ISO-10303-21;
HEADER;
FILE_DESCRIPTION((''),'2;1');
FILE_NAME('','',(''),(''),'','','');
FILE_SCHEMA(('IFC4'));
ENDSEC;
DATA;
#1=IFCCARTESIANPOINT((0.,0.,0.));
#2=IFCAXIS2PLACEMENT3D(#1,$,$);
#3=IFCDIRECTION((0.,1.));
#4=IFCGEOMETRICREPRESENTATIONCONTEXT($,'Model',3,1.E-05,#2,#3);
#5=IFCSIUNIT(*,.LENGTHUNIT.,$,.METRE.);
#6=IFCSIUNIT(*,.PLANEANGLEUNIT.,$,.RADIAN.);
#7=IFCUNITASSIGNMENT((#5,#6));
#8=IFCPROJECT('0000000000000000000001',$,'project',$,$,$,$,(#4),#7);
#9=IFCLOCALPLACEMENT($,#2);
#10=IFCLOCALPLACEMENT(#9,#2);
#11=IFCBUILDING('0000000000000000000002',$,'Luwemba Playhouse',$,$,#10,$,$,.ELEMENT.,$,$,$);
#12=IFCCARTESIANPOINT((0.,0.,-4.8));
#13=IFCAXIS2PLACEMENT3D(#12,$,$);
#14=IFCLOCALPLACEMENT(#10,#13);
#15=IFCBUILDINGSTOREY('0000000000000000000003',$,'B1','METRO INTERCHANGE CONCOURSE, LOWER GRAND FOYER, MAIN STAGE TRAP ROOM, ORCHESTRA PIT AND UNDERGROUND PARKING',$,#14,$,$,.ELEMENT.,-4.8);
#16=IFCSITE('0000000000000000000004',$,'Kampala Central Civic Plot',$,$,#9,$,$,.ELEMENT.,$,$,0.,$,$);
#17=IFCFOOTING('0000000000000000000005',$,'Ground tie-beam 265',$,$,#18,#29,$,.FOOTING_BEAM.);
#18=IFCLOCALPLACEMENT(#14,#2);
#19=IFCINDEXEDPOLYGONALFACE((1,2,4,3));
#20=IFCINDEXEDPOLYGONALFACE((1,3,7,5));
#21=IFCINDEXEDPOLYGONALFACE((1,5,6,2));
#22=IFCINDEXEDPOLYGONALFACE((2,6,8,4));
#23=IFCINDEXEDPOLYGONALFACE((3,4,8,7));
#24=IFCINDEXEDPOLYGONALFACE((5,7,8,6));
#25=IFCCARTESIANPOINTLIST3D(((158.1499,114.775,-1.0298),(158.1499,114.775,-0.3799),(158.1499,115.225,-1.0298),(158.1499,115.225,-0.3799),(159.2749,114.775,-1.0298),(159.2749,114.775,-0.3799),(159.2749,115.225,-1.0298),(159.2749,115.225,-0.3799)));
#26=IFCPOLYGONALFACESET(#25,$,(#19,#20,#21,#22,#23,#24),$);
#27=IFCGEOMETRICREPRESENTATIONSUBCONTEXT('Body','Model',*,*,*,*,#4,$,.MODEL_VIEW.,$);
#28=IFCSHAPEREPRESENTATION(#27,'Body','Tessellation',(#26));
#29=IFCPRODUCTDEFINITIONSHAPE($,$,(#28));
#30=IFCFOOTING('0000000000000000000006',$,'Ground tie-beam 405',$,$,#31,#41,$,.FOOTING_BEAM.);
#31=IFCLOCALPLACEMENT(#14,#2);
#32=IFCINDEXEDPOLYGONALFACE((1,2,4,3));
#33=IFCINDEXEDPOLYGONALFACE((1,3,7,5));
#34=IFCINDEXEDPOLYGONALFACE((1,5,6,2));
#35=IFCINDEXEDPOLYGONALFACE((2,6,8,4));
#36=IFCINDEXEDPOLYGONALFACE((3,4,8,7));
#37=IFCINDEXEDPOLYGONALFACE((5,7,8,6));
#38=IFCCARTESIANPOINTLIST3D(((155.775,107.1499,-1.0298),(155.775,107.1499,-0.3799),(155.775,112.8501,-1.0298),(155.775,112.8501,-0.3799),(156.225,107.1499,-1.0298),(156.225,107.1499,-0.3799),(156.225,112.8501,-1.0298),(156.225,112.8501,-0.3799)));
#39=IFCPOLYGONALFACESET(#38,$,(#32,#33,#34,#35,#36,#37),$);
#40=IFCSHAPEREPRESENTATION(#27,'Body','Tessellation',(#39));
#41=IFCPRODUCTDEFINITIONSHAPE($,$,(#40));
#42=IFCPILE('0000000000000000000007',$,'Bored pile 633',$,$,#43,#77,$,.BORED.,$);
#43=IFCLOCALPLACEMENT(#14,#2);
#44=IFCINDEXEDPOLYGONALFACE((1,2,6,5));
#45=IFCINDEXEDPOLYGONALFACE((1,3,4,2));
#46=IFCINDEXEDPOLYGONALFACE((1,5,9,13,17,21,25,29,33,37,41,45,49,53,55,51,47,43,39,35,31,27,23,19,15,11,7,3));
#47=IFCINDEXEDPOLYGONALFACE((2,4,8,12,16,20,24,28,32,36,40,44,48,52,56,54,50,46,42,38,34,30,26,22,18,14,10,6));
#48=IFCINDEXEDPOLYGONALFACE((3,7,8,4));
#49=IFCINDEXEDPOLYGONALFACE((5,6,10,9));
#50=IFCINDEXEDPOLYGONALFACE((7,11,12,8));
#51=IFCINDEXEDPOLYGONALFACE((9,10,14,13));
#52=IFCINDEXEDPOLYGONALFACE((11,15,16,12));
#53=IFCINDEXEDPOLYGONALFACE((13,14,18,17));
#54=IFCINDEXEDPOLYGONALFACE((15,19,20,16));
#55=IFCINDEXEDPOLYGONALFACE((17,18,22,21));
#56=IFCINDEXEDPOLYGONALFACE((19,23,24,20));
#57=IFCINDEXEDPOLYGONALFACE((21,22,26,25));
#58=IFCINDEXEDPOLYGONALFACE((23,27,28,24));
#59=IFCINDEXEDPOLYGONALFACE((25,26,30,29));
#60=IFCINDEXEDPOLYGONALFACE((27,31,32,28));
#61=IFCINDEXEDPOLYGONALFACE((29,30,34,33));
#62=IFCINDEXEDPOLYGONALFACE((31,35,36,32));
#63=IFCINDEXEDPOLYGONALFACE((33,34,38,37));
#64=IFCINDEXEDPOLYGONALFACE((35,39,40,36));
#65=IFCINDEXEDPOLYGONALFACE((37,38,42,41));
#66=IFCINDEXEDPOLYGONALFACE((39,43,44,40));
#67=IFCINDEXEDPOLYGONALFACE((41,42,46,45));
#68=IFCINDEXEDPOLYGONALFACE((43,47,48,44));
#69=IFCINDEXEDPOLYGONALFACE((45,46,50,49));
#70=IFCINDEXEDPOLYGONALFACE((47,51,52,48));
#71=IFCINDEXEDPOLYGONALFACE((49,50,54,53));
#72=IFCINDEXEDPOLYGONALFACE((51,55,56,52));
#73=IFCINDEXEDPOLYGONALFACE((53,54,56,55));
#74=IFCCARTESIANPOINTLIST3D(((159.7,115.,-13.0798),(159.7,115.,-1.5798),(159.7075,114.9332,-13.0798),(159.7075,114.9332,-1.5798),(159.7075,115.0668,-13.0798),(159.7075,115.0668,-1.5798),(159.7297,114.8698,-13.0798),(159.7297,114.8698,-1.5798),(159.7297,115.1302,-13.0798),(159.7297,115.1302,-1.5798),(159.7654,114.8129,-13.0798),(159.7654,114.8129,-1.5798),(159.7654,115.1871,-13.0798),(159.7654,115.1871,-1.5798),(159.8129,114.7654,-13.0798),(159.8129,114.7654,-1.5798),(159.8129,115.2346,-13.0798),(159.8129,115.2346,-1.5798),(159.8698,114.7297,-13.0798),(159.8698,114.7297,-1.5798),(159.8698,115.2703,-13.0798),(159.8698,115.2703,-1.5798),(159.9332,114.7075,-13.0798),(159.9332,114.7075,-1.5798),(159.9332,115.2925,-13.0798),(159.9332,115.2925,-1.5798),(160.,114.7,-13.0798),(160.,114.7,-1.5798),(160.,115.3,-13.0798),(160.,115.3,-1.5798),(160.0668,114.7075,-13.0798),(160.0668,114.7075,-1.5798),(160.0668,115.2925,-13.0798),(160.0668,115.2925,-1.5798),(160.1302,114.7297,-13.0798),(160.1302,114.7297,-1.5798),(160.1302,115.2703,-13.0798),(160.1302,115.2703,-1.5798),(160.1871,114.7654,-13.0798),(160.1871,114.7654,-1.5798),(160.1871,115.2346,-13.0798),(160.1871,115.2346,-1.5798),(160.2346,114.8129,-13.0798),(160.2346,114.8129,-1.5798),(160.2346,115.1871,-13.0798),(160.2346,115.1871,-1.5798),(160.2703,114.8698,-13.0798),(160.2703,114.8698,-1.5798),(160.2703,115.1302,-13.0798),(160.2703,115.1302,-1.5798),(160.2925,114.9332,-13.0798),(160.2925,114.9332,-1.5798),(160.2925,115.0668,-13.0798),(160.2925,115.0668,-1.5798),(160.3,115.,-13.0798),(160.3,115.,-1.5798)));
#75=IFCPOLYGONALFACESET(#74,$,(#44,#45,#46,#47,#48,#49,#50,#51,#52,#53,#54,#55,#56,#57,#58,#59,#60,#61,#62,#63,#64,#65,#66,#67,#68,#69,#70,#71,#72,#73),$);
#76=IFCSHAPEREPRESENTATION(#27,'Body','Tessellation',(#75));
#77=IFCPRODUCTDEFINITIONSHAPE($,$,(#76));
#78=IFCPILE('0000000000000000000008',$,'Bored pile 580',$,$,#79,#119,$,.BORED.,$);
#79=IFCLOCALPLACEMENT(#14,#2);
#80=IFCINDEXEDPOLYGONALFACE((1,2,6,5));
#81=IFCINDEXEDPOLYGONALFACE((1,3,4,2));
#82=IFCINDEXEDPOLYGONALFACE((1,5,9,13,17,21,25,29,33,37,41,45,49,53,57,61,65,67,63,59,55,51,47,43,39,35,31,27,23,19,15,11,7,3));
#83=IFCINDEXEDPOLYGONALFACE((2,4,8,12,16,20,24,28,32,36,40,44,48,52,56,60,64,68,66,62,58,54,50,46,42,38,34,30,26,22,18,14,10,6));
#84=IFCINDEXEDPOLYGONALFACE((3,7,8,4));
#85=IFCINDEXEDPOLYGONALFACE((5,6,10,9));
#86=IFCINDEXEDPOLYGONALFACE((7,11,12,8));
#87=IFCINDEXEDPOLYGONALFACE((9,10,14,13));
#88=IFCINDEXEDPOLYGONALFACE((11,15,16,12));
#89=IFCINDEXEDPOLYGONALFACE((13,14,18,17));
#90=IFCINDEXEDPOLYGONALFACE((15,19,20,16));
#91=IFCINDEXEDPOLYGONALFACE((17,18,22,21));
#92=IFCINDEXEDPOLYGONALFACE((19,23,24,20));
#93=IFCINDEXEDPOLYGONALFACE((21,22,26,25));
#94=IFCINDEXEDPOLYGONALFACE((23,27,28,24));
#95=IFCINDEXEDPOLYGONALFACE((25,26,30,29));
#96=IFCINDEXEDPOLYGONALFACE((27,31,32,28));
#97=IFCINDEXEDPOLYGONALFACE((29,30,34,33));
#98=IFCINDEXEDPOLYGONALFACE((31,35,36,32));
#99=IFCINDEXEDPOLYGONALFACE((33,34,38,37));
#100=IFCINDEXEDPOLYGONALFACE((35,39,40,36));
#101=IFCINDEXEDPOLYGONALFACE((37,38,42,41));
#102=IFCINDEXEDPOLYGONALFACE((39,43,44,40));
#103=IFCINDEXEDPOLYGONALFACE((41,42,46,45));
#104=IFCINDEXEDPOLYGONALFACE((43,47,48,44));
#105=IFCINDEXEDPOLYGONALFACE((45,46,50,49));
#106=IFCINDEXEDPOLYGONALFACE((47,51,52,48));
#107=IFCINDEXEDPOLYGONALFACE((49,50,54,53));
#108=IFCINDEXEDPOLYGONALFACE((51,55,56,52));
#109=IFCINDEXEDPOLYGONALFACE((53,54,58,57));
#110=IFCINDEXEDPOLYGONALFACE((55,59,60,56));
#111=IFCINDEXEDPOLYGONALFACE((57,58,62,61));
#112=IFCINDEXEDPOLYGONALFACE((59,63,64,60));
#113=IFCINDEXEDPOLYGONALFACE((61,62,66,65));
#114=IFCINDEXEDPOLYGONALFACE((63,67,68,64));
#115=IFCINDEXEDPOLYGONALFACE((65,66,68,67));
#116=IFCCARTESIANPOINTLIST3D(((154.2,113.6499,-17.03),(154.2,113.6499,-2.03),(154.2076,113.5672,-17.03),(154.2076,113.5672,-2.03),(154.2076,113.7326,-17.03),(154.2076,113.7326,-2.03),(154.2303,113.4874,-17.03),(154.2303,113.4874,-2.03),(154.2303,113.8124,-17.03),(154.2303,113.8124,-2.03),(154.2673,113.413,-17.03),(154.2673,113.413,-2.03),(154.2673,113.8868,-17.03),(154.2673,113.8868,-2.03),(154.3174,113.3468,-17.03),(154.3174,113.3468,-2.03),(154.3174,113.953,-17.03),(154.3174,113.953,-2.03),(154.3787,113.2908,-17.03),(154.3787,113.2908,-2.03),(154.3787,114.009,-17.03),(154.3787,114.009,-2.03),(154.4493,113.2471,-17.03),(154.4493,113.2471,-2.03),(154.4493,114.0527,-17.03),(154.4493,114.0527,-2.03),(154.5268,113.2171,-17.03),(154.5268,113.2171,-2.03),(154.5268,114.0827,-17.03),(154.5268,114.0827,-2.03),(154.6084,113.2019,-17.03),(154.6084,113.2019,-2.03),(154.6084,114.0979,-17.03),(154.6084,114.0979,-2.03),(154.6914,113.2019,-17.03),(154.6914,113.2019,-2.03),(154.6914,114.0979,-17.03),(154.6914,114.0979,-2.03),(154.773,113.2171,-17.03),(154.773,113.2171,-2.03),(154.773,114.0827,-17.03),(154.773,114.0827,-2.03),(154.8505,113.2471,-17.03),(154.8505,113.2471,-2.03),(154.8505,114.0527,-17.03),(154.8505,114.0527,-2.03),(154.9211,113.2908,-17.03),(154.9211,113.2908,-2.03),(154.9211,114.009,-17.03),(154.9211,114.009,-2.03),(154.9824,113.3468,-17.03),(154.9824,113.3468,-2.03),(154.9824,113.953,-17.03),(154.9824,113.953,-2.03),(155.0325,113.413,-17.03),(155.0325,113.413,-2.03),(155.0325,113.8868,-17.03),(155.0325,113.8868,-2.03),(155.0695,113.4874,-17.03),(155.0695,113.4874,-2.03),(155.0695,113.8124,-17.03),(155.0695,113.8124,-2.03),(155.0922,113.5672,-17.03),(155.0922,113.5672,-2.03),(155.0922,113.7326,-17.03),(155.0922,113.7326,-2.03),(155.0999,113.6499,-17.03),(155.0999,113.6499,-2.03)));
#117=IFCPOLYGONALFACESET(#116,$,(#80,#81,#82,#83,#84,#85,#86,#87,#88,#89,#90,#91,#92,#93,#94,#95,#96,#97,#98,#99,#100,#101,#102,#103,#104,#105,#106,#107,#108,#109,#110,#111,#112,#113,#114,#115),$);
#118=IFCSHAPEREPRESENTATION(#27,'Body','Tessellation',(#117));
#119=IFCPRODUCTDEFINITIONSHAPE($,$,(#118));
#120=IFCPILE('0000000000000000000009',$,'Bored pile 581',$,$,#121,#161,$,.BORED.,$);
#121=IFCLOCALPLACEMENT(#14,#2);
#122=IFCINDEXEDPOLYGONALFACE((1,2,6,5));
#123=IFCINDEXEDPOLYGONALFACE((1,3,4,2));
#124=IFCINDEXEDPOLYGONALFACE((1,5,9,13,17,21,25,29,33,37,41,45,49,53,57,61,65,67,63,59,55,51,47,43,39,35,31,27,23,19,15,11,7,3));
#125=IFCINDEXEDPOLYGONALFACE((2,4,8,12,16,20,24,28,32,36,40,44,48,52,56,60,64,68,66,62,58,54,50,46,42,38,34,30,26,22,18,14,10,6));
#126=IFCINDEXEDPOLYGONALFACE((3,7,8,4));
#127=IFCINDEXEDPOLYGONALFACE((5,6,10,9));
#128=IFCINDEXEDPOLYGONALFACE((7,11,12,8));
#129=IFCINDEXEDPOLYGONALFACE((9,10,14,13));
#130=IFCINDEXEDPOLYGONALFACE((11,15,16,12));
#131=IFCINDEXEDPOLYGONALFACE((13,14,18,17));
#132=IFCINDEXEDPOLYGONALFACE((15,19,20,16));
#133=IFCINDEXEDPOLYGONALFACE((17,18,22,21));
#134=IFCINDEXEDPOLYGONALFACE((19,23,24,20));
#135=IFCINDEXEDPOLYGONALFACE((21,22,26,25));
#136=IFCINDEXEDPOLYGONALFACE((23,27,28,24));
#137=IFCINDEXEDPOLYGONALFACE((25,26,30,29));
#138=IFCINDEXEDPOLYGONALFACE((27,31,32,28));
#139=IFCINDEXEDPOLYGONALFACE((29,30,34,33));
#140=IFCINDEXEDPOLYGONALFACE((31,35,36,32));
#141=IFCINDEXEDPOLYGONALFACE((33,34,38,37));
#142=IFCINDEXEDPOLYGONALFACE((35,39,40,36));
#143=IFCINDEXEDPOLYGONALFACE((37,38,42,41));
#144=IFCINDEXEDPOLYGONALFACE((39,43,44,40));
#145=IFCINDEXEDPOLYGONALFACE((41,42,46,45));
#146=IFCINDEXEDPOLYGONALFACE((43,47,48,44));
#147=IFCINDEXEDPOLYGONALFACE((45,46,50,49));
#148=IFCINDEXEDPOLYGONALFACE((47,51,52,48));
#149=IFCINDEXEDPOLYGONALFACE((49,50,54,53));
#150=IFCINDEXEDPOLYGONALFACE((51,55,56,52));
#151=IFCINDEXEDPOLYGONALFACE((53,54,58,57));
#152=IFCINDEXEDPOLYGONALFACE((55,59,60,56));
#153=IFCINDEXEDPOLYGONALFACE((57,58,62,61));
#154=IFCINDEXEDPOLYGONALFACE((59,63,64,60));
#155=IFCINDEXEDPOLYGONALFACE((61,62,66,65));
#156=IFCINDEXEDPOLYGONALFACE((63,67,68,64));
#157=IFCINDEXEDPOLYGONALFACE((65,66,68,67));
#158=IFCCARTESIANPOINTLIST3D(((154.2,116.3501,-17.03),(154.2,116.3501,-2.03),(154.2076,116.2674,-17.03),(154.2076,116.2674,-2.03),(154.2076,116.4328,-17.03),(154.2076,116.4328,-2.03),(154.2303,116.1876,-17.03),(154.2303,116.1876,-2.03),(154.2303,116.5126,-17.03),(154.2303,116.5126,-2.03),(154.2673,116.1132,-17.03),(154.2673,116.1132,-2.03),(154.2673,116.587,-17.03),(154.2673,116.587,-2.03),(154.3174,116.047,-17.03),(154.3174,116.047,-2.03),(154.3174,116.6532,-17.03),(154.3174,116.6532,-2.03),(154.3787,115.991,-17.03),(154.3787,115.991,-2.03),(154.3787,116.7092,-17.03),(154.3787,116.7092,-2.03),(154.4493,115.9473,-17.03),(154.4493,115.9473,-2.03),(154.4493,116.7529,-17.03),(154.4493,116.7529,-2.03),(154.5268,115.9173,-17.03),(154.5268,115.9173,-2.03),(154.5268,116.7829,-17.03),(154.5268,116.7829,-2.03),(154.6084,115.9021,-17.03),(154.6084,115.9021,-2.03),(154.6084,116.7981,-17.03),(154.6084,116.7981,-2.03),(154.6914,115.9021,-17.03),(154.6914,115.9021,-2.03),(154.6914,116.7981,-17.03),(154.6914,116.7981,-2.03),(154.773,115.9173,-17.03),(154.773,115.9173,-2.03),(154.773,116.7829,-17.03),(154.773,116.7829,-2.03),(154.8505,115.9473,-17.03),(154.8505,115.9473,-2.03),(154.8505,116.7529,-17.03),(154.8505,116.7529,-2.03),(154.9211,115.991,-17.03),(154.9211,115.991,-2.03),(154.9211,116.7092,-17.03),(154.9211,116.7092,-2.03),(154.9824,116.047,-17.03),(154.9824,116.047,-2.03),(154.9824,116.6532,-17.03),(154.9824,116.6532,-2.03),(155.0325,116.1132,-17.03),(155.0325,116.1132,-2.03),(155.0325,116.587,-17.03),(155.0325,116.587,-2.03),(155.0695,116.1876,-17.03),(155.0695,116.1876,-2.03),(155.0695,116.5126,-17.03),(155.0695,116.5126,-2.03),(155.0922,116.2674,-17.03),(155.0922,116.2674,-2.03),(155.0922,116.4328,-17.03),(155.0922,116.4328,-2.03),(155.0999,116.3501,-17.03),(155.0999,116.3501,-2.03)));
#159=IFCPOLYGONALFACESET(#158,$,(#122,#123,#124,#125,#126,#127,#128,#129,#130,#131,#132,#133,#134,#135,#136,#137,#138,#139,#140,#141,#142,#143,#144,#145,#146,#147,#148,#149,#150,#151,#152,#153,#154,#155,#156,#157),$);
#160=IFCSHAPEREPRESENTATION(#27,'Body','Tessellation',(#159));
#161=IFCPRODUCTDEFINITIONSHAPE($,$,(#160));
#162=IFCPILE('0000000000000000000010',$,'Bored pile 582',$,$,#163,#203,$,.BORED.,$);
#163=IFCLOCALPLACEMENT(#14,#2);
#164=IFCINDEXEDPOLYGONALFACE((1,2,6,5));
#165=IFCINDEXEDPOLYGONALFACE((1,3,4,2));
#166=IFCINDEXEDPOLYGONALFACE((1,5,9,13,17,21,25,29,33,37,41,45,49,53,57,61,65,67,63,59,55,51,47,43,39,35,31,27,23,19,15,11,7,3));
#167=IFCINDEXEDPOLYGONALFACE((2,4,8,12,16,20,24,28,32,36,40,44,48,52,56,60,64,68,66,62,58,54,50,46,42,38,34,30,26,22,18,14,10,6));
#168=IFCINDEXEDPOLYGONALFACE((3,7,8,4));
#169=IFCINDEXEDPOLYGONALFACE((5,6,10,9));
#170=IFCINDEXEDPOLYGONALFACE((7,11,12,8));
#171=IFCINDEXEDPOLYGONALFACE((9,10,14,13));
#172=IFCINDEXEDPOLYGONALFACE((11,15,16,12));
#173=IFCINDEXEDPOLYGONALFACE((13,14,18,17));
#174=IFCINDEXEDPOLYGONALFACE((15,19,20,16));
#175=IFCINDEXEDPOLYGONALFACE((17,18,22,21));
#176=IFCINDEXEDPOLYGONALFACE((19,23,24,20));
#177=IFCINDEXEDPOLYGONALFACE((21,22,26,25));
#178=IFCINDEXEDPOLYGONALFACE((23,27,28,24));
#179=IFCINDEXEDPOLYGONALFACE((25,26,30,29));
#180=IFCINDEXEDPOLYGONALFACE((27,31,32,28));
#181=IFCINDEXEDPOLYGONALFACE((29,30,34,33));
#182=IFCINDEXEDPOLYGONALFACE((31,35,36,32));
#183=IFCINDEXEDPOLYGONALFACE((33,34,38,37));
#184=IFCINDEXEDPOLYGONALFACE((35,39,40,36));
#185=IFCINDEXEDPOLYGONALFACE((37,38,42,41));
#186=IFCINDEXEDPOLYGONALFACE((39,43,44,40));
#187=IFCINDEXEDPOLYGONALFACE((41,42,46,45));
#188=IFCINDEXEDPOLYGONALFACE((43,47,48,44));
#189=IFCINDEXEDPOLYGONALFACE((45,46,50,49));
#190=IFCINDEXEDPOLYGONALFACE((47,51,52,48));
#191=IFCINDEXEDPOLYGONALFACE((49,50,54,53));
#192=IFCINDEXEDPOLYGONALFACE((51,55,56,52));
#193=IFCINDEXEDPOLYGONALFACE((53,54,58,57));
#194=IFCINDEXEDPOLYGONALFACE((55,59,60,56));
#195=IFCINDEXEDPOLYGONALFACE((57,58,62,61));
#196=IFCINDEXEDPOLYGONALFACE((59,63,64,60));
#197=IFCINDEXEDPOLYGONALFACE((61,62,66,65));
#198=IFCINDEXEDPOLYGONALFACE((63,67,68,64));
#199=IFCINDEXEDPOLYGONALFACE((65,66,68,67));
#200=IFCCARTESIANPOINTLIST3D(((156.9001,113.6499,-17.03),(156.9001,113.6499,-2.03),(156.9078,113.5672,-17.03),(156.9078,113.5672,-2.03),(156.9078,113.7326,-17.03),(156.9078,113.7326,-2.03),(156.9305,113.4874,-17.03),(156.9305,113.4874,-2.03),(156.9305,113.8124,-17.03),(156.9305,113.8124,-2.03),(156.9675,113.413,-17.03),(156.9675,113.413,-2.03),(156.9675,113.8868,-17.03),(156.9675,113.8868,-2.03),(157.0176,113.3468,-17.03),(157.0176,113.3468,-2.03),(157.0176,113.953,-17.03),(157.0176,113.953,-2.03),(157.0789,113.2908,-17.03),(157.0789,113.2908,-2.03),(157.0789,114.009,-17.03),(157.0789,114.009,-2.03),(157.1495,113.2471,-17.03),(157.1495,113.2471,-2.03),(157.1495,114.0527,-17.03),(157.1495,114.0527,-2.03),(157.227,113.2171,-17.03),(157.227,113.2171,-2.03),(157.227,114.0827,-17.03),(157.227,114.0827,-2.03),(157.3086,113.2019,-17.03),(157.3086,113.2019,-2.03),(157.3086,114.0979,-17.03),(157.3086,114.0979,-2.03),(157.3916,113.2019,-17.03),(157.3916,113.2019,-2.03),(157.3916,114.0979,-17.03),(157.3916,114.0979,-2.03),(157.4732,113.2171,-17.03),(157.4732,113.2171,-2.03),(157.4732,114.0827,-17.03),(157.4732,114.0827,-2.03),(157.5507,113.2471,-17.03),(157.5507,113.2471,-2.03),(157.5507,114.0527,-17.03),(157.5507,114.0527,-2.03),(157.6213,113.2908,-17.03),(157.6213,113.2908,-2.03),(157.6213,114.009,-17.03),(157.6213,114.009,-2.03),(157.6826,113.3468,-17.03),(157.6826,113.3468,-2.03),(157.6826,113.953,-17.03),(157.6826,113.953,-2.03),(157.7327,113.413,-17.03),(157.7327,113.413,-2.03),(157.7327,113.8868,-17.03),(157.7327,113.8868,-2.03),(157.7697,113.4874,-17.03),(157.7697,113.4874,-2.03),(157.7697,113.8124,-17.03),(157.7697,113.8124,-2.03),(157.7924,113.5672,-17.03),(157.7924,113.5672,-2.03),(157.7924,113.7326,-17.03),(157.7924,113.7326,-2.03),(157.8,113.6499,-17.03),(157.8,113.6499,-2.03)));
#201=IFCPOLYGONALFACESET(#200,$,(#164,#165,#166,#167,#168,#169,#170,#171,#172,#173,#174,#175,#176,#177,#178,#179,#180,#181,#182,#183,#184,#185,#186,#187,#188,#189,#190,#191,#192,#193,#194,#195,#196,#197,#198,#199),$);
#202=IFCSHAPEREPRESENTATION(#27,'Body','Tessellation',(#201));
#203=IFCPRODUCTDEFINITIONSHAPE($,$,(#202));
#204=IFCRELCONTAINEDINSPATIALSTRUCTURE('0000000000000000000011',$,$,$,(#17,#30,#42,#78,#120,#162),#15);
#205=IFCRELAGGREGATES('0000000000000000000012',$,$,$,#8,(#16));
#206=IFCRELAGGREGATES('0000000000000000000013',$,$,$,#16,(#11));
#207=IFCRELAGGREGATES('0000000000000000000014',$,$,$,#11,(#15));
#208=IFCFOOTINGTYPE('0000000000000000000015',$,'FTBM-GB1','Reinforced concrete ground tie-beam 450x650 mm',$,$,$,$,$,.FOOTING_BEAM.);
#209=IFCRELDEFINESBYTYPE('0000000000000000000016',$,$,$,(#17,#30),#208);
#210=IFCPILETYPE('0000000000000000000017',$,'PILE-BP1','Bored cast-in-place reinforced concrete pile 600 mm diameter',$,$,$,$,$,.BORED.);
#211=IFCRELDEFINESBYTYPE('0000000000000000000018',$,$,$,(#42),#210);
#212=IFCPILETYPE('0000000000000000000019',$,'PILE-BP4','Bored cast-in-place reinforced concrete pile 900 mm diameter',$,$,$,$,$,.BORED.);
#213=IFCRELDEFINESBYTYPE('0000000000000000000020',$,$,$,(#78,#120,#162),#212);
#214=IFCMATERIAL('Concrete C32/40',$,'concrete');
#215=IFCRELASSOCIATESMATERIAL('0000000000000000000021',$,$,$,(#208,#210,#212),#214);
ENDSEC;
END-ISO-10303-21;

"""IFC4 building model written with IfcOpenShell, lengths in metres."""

from ifc_helpers import new_model, si_unit, direction, frame, origin, origin_2d, place, context, subcontext, project, spatial, rectangle, circle, extrude, material, material_profile, profile_set, type_object, element, save


model = new_model("IFC4")

# Units and contexts
model_context = context("Model", 3, precision=1e-05, world=origin(), true_north=direction((0.0, 1.0)))
body_context = subcontext(model_context, "Body", "Model", "MODEL_VIEW")
ifc_project = project(units=[si_unit("LENGTHUNIT", "METRE"), si_unit("PLANEANGLEUNIT", "RADIAN")], contexts=[model_context])

# Site, building, storey
site_placement = place(None, origin())
site = spatial("IfcSite", under=ifc_project, at=site_placement, Name="Kampala Central Civic Plot", CompositionType="ELEMENT", RefElevation=0.0)
building_placement = place(site_placement, origin())
building = spatial("IfcBuilding", under=site, at=building_placement, Name="Luwemba Playhouse", CompositionType="ELEMENT")
storey_placement = place(building_placement, frame((0.0, 0.0, -4.8)))
storey = spatial("IfcBuildingStorey", under=building, at=storey_placement, Name="B1", Description="METRO INTERCHANGE CONCOURSE, LOWER GRAND FOYER, MAIN STAGE TRAP ROOM, ORCHESTRA PIT AND UNDERGROUND PARKING", CompositionType="ELEMENT", Elevation=-4.8)

# Footings
ifc_material_1 = material(Name="Concrete C32/40", Category="concrete")
ifc_material_profile_1 = material_profile(ifc_material_1, rectangle(XDim=0.45, YDim=0.6499, at=origin_2d()))
ifc_profile_set_1 = profile_set([ifc_material_profile_1], Name="Concrete C32/40")
footing_type = type_object("IfcFootingType", Name="FTBM-GB1", Description="Reinforced concrete ground tie-beam 450x650 mm", PredefinedType="FOOTING_BEAM", material=ifc_profile_set_1)
footing_1_placement = place(storey_placement, frame((158.1499, 115.0, -0.7048), z_axis=(1.0, 0.0, 0.0), x_axis=(0.0, 1.0, 0.0)))
element("IfcFooting", 1, at=footing_1_placement, inside=storey, type_object=footing_type, Name="Ground tie-beam 265", PredefinedType="FOOTING_BEAM", context=body_context, shape_type="SweptSolid", body=[
    extrude(rectangle(XDim=0.45, YDim=0.6499, at=origin_2d()), origin(), (0.0, 0.0, 1.0), 1.125),
])
footing_2_placement = place(storey_placement, frame((156.0, 107.1499, -0.7048), z_axis=(0.0, 1.0, 0.0), x_axis=(-1.0, 0.0, 0.0)))
element("IfcFooting", 2, at=footing_2_placement, inside=storey, type_object=footing_type, Name="Ground tie-beam 405", PredefinedType="FOOTING_BEAM", context=body_context, shape_type="SweptSolid", body=[
    extrude(rectangle(XDim=0.45, YDim=0.6499, at=origin_2d()), origin(), (0.0, 0.0, 1.0), 5.7002),
])

# Piles
ifc_material_profile_2 = material_profile(ifc_material_1, circle(Radius=0.3, at=origin_2d()))
ifc_profile_set_2 = profile_set([ifc_material_profile_2], Name="Concrete C32/40")
pile_type_1 = type_object("IfcPileType", Name="PILE-BP1", Description="Bored cast-in-place reinforced concrete pile 600 mm diameter", PredefinedType="BORED", material=ifc_profile_set_2)
pile_placement = place(storey_placement, frame((160.0, 115.0, -1.5798), z_axis=(0.0, 0.0, -1.0), x_axis=(1.0, 0.0, 0.0)))
element("IfcPile", 3, at=pile_placement, inside=storey, type_object=pile_type_1, Name="Bored pile 633", PredefinedType="BORED", context=body_context, shape_type="SweptSolid", body=[
    extrude(circle(Radius=0.3, at=origin_2d()), origin(), (0.0, 0.0, 1.0), 11.5),
])
ifc_material_profile_3 = material_profile(ifc_material_1, circle(Radius=0.45, at=origin_2d()))
ifc_profile_set_3 = profile_set([ifc_material_profile_3], Name="Concrete C32/40")
pile_type_2 = type_object("IfcPileType", Name="PILE-BP4", Description="Bored cast-in-place reinforced concrete pile 900 mm diameter", PredefinedType="BORED", material=ifc_profile_set_3)
for number, where, z_axis, x_axis, name in (
    (4, (154.6499, 113.6499, -2.03), (0.0, 0.0, -1.0), (1.0, 0.0, 0.0), "Bored pile 580"),
    (5, (154.6499, 116.3501, -2.03), (0.0, 0.0, -1.0), (1.0, 0.0, 0.0), "Bored pile 581"),
    (6, (157.3501, 113.6499, -2.03), (0.0, 0.0, -1.0), (1.0, 0.0, 0.0), "Bored pile 582"),
):
    element("IfcPile", number, at=place(storey_placement, frame(where, z_axis=z_axis, x_axis=x_axis)), inside=storey, type_object=pile_type_2, Name=name, PredefinedType="BORED", context=body_context, shape_type="SweptSolid", body=[
        extrude(circle(Radius=0.45, at=origin_2d()), origin(), (0.0, 0.0, 1.0), 15.0),
    ])

save(model, "model.ifc")
